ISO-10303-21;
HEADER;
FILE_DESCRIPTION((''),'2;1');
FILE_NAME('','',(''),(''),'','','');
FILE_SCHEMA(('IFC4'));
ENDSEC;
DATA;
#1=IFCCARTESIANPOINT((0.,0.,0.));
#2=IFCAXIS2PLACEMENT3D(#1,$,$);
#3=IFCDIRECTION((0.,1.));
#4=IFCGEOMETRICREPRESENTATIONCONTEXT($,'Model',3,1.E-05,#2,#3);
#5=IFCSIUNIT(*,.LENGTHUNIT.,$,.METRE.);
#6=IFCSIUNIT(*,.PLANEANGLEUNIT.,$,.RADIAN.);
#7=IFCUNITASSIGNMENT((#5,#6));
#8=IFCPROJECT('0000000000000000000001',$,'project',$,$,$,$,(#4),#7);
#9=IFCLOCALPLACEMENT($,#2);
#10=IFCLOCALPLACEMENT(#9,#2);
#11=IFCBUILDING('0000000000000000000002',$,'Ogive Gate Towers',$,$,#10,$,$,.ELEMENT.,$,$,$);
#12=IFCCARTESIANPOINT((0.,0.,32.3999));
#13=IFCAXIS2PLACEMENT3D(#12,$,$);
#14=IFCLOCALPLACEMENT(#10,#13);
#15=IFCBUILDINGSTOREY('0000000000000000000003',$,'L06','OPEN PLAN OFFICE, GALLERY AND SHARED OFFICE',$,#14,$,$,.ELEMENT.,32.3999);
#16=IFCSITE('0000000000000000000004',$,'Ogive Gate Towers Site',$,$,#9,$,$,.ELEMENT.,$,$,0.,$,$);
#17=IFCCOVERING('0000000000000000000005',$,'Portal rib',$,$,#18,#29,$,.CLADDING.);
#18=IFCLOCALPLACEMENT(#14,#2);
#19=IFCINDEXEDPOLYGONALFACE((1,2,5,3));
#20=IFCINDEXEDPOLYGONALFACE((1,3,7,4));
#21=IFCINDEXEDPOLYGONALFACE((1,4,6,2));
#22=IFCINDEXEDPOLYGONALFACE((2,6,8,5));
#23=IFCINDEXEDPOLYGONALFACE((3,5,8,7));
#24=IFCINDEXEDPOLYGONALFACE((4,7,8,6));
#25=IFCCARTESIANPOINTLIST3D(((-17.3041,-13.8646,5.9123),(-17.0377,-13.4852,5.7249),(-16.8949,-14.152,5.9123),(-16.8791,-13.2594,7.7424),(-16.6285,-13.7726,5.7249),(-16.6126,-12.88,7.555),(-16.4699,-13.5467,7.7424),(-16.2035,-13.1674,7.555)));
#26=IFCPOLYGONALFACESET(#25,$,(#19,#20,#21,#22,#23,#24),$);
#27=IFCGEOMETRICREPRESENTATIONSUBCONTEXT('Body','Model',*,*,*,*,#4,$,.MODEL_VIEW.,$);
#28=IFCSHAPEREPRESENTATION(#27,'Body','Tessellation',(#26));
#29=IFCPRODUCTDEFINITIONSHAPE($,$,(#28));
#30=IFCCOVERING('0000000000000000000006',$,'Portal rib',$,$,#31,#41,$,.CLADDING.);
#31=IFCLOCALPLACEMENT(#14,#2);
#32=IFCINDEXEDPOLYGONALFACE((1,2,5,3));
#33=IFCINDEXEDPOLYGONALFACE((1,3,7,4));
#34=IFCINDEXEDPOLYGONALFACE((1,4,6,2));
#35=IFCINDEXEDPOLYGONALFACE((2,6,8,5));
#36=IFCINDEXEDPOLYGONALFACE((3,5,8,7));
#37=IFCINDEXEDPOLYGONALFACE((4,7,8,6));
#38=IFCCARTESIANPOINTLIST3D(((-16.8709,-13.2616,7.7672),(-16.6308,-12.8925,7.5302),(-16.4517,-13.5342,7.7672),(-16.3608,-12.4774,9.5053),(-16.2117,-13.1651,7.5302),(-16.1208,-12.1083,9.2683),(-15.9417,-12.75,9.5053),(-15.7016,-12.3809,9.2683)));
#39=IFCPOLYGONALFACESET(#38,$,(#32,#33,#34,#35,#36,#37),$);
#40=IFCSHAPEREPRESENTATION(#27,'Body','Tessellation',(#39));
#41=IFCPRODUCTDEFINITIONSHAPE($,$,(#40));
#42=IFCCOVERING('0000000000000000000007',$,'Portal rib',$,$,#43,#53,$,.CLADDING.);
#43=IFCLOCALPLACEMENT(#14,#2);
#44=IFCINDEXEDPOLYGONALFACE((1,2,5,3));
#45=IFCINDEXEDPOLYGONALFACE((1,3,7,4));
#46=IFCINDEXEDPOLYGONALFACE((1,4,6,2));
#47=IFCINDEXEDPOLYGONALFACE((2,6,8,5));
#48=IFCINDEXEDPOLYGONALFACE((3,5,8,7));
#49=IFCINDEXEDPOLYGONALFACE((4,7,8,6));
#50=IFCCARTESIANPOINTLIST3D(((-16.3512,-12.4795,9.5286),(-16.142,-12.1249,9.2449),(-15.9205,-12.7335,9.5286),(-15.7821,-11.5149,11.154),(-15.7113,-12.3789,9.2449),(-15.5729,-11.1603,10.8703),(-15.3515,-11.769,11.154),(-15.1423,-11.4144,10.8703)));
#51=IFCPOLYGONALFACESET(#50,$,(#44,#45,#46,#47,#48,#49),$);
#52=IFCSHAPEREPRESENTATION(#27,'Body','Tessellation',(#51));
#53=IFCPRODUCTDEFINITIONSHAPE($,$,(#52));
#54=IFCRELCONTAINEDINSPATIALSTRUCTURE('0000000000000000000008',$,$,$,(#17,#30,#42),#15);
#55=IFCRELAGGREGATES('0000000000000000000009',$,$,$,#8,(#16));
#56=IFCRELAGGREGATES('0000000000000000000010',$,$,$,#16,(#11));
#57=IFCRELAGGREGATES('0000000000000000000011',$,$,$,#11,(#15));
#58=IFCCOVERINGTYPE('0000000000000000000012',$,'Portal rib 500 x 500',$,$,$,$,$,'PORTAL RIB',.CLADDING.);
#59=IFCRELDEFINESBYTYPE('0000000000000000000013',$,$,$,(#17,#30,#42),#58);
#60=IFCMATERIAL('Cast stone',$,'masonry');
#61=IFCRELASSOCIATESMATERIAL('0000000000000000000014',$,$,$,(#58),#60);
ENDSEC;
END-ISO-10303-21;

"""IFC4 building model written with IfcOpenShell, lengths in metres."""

from ifc_helpers import new_model, si_unit, direction, frame, origin, origin_2d, place, context, subcontext, project, spatial, rectangle, extrude, material, material_profile, profile_set, type_object, element, save


model = new_model("IFC4")

# Units and contexts
model_context = context("Model", 3, precision=1e-05, world=origin(), true_north=direction((0.0, 1.0)))
body_context = subcontext(model_context, "Body", "Model", "MODEL_VIEW")
ifc_project = project(units=[si_unit("LENGTHUNIT", "METRE"), si_unit("PLANEANGLEUNIT", "RADIAN")], contexts=[model_context])

# Site, building, storey
site_placement = place(None, origin())
site = spatial("IfcSite", under=ifc_project, at=site_placement, Name="Ogive Gate Towers Site", CompositionType="ELEMENT", RefElevation=0.0)
building_placement = place(site_placement, origin())
building = spatial("IfcBuilding", under=site, at=building_placement, Name="Ogive Gate Towers", CompositionType="ELEMENT")
storey_placement = place(building_placement, frame((0.0, 0.0, 32.3999)))
storey = spatial("IfcBuildingStorey", under=building, at=storey_placement, Name="L06", Description="OPEN PLAN OFFICE, GALLERY AND SHARED OFFICE", CompositionType="ELEMENT", Elevation=32.3999)

# Coverings
ifc_material_1 = material(Name="Cast stone", Category="masonry")
ifc_material_profile_1 = material_profile(ifc_material_1, rectangle(XDim=0.5, YDim=0.5, at=origin_2d()), Name="500 x 500 cast stone")
ifc_profile_set_1 = profile_set([ifc_material_profile_1], Name="Cast stone")
covering_type = type_object("IfcCoveringType", Name="Portal rib 500 x 500", ElementType="PORTAL RIB", PredefinedType="CLADDING", material=ifc_profile_set_1)
for number, where, z_axis, x_axis, name in (
    (1, (-16.9663, -13.8186, 5.8186), (0.215338, 0.306619, 0.927154), (-0.818347, 0.574725, 0.0), "Portal rib"),
    (2, (-16.5413, -13.2134, 7.6487), (0.258392, 0.397298, 0.880561), (-0.8383, 0.545208, 0.0), "Portal rib"),
    (3, (-16.0312, -12.4292, 9.3867), (0.288299, 0.488661, 0.823464), (-0.861278, 0.508134, 0.0), "Portal rib"),
):
    element("IfcCovering", number, at=place(storey_placement, frame(where, z_axis=z_axis, x_axis=x_axis)), inside=storey, type_object=covering_type, Name=name, PredefinedType="CLADDING", context=body_context, shape_type="SweptSolid", body=[
        extrude(rectangle(XDim=0.5, YDim=0.5, at=origin_2d()), origin(), (0.0, 0.0, 1.0), 1.9739),
    ])

save(model, "model.ifc")
